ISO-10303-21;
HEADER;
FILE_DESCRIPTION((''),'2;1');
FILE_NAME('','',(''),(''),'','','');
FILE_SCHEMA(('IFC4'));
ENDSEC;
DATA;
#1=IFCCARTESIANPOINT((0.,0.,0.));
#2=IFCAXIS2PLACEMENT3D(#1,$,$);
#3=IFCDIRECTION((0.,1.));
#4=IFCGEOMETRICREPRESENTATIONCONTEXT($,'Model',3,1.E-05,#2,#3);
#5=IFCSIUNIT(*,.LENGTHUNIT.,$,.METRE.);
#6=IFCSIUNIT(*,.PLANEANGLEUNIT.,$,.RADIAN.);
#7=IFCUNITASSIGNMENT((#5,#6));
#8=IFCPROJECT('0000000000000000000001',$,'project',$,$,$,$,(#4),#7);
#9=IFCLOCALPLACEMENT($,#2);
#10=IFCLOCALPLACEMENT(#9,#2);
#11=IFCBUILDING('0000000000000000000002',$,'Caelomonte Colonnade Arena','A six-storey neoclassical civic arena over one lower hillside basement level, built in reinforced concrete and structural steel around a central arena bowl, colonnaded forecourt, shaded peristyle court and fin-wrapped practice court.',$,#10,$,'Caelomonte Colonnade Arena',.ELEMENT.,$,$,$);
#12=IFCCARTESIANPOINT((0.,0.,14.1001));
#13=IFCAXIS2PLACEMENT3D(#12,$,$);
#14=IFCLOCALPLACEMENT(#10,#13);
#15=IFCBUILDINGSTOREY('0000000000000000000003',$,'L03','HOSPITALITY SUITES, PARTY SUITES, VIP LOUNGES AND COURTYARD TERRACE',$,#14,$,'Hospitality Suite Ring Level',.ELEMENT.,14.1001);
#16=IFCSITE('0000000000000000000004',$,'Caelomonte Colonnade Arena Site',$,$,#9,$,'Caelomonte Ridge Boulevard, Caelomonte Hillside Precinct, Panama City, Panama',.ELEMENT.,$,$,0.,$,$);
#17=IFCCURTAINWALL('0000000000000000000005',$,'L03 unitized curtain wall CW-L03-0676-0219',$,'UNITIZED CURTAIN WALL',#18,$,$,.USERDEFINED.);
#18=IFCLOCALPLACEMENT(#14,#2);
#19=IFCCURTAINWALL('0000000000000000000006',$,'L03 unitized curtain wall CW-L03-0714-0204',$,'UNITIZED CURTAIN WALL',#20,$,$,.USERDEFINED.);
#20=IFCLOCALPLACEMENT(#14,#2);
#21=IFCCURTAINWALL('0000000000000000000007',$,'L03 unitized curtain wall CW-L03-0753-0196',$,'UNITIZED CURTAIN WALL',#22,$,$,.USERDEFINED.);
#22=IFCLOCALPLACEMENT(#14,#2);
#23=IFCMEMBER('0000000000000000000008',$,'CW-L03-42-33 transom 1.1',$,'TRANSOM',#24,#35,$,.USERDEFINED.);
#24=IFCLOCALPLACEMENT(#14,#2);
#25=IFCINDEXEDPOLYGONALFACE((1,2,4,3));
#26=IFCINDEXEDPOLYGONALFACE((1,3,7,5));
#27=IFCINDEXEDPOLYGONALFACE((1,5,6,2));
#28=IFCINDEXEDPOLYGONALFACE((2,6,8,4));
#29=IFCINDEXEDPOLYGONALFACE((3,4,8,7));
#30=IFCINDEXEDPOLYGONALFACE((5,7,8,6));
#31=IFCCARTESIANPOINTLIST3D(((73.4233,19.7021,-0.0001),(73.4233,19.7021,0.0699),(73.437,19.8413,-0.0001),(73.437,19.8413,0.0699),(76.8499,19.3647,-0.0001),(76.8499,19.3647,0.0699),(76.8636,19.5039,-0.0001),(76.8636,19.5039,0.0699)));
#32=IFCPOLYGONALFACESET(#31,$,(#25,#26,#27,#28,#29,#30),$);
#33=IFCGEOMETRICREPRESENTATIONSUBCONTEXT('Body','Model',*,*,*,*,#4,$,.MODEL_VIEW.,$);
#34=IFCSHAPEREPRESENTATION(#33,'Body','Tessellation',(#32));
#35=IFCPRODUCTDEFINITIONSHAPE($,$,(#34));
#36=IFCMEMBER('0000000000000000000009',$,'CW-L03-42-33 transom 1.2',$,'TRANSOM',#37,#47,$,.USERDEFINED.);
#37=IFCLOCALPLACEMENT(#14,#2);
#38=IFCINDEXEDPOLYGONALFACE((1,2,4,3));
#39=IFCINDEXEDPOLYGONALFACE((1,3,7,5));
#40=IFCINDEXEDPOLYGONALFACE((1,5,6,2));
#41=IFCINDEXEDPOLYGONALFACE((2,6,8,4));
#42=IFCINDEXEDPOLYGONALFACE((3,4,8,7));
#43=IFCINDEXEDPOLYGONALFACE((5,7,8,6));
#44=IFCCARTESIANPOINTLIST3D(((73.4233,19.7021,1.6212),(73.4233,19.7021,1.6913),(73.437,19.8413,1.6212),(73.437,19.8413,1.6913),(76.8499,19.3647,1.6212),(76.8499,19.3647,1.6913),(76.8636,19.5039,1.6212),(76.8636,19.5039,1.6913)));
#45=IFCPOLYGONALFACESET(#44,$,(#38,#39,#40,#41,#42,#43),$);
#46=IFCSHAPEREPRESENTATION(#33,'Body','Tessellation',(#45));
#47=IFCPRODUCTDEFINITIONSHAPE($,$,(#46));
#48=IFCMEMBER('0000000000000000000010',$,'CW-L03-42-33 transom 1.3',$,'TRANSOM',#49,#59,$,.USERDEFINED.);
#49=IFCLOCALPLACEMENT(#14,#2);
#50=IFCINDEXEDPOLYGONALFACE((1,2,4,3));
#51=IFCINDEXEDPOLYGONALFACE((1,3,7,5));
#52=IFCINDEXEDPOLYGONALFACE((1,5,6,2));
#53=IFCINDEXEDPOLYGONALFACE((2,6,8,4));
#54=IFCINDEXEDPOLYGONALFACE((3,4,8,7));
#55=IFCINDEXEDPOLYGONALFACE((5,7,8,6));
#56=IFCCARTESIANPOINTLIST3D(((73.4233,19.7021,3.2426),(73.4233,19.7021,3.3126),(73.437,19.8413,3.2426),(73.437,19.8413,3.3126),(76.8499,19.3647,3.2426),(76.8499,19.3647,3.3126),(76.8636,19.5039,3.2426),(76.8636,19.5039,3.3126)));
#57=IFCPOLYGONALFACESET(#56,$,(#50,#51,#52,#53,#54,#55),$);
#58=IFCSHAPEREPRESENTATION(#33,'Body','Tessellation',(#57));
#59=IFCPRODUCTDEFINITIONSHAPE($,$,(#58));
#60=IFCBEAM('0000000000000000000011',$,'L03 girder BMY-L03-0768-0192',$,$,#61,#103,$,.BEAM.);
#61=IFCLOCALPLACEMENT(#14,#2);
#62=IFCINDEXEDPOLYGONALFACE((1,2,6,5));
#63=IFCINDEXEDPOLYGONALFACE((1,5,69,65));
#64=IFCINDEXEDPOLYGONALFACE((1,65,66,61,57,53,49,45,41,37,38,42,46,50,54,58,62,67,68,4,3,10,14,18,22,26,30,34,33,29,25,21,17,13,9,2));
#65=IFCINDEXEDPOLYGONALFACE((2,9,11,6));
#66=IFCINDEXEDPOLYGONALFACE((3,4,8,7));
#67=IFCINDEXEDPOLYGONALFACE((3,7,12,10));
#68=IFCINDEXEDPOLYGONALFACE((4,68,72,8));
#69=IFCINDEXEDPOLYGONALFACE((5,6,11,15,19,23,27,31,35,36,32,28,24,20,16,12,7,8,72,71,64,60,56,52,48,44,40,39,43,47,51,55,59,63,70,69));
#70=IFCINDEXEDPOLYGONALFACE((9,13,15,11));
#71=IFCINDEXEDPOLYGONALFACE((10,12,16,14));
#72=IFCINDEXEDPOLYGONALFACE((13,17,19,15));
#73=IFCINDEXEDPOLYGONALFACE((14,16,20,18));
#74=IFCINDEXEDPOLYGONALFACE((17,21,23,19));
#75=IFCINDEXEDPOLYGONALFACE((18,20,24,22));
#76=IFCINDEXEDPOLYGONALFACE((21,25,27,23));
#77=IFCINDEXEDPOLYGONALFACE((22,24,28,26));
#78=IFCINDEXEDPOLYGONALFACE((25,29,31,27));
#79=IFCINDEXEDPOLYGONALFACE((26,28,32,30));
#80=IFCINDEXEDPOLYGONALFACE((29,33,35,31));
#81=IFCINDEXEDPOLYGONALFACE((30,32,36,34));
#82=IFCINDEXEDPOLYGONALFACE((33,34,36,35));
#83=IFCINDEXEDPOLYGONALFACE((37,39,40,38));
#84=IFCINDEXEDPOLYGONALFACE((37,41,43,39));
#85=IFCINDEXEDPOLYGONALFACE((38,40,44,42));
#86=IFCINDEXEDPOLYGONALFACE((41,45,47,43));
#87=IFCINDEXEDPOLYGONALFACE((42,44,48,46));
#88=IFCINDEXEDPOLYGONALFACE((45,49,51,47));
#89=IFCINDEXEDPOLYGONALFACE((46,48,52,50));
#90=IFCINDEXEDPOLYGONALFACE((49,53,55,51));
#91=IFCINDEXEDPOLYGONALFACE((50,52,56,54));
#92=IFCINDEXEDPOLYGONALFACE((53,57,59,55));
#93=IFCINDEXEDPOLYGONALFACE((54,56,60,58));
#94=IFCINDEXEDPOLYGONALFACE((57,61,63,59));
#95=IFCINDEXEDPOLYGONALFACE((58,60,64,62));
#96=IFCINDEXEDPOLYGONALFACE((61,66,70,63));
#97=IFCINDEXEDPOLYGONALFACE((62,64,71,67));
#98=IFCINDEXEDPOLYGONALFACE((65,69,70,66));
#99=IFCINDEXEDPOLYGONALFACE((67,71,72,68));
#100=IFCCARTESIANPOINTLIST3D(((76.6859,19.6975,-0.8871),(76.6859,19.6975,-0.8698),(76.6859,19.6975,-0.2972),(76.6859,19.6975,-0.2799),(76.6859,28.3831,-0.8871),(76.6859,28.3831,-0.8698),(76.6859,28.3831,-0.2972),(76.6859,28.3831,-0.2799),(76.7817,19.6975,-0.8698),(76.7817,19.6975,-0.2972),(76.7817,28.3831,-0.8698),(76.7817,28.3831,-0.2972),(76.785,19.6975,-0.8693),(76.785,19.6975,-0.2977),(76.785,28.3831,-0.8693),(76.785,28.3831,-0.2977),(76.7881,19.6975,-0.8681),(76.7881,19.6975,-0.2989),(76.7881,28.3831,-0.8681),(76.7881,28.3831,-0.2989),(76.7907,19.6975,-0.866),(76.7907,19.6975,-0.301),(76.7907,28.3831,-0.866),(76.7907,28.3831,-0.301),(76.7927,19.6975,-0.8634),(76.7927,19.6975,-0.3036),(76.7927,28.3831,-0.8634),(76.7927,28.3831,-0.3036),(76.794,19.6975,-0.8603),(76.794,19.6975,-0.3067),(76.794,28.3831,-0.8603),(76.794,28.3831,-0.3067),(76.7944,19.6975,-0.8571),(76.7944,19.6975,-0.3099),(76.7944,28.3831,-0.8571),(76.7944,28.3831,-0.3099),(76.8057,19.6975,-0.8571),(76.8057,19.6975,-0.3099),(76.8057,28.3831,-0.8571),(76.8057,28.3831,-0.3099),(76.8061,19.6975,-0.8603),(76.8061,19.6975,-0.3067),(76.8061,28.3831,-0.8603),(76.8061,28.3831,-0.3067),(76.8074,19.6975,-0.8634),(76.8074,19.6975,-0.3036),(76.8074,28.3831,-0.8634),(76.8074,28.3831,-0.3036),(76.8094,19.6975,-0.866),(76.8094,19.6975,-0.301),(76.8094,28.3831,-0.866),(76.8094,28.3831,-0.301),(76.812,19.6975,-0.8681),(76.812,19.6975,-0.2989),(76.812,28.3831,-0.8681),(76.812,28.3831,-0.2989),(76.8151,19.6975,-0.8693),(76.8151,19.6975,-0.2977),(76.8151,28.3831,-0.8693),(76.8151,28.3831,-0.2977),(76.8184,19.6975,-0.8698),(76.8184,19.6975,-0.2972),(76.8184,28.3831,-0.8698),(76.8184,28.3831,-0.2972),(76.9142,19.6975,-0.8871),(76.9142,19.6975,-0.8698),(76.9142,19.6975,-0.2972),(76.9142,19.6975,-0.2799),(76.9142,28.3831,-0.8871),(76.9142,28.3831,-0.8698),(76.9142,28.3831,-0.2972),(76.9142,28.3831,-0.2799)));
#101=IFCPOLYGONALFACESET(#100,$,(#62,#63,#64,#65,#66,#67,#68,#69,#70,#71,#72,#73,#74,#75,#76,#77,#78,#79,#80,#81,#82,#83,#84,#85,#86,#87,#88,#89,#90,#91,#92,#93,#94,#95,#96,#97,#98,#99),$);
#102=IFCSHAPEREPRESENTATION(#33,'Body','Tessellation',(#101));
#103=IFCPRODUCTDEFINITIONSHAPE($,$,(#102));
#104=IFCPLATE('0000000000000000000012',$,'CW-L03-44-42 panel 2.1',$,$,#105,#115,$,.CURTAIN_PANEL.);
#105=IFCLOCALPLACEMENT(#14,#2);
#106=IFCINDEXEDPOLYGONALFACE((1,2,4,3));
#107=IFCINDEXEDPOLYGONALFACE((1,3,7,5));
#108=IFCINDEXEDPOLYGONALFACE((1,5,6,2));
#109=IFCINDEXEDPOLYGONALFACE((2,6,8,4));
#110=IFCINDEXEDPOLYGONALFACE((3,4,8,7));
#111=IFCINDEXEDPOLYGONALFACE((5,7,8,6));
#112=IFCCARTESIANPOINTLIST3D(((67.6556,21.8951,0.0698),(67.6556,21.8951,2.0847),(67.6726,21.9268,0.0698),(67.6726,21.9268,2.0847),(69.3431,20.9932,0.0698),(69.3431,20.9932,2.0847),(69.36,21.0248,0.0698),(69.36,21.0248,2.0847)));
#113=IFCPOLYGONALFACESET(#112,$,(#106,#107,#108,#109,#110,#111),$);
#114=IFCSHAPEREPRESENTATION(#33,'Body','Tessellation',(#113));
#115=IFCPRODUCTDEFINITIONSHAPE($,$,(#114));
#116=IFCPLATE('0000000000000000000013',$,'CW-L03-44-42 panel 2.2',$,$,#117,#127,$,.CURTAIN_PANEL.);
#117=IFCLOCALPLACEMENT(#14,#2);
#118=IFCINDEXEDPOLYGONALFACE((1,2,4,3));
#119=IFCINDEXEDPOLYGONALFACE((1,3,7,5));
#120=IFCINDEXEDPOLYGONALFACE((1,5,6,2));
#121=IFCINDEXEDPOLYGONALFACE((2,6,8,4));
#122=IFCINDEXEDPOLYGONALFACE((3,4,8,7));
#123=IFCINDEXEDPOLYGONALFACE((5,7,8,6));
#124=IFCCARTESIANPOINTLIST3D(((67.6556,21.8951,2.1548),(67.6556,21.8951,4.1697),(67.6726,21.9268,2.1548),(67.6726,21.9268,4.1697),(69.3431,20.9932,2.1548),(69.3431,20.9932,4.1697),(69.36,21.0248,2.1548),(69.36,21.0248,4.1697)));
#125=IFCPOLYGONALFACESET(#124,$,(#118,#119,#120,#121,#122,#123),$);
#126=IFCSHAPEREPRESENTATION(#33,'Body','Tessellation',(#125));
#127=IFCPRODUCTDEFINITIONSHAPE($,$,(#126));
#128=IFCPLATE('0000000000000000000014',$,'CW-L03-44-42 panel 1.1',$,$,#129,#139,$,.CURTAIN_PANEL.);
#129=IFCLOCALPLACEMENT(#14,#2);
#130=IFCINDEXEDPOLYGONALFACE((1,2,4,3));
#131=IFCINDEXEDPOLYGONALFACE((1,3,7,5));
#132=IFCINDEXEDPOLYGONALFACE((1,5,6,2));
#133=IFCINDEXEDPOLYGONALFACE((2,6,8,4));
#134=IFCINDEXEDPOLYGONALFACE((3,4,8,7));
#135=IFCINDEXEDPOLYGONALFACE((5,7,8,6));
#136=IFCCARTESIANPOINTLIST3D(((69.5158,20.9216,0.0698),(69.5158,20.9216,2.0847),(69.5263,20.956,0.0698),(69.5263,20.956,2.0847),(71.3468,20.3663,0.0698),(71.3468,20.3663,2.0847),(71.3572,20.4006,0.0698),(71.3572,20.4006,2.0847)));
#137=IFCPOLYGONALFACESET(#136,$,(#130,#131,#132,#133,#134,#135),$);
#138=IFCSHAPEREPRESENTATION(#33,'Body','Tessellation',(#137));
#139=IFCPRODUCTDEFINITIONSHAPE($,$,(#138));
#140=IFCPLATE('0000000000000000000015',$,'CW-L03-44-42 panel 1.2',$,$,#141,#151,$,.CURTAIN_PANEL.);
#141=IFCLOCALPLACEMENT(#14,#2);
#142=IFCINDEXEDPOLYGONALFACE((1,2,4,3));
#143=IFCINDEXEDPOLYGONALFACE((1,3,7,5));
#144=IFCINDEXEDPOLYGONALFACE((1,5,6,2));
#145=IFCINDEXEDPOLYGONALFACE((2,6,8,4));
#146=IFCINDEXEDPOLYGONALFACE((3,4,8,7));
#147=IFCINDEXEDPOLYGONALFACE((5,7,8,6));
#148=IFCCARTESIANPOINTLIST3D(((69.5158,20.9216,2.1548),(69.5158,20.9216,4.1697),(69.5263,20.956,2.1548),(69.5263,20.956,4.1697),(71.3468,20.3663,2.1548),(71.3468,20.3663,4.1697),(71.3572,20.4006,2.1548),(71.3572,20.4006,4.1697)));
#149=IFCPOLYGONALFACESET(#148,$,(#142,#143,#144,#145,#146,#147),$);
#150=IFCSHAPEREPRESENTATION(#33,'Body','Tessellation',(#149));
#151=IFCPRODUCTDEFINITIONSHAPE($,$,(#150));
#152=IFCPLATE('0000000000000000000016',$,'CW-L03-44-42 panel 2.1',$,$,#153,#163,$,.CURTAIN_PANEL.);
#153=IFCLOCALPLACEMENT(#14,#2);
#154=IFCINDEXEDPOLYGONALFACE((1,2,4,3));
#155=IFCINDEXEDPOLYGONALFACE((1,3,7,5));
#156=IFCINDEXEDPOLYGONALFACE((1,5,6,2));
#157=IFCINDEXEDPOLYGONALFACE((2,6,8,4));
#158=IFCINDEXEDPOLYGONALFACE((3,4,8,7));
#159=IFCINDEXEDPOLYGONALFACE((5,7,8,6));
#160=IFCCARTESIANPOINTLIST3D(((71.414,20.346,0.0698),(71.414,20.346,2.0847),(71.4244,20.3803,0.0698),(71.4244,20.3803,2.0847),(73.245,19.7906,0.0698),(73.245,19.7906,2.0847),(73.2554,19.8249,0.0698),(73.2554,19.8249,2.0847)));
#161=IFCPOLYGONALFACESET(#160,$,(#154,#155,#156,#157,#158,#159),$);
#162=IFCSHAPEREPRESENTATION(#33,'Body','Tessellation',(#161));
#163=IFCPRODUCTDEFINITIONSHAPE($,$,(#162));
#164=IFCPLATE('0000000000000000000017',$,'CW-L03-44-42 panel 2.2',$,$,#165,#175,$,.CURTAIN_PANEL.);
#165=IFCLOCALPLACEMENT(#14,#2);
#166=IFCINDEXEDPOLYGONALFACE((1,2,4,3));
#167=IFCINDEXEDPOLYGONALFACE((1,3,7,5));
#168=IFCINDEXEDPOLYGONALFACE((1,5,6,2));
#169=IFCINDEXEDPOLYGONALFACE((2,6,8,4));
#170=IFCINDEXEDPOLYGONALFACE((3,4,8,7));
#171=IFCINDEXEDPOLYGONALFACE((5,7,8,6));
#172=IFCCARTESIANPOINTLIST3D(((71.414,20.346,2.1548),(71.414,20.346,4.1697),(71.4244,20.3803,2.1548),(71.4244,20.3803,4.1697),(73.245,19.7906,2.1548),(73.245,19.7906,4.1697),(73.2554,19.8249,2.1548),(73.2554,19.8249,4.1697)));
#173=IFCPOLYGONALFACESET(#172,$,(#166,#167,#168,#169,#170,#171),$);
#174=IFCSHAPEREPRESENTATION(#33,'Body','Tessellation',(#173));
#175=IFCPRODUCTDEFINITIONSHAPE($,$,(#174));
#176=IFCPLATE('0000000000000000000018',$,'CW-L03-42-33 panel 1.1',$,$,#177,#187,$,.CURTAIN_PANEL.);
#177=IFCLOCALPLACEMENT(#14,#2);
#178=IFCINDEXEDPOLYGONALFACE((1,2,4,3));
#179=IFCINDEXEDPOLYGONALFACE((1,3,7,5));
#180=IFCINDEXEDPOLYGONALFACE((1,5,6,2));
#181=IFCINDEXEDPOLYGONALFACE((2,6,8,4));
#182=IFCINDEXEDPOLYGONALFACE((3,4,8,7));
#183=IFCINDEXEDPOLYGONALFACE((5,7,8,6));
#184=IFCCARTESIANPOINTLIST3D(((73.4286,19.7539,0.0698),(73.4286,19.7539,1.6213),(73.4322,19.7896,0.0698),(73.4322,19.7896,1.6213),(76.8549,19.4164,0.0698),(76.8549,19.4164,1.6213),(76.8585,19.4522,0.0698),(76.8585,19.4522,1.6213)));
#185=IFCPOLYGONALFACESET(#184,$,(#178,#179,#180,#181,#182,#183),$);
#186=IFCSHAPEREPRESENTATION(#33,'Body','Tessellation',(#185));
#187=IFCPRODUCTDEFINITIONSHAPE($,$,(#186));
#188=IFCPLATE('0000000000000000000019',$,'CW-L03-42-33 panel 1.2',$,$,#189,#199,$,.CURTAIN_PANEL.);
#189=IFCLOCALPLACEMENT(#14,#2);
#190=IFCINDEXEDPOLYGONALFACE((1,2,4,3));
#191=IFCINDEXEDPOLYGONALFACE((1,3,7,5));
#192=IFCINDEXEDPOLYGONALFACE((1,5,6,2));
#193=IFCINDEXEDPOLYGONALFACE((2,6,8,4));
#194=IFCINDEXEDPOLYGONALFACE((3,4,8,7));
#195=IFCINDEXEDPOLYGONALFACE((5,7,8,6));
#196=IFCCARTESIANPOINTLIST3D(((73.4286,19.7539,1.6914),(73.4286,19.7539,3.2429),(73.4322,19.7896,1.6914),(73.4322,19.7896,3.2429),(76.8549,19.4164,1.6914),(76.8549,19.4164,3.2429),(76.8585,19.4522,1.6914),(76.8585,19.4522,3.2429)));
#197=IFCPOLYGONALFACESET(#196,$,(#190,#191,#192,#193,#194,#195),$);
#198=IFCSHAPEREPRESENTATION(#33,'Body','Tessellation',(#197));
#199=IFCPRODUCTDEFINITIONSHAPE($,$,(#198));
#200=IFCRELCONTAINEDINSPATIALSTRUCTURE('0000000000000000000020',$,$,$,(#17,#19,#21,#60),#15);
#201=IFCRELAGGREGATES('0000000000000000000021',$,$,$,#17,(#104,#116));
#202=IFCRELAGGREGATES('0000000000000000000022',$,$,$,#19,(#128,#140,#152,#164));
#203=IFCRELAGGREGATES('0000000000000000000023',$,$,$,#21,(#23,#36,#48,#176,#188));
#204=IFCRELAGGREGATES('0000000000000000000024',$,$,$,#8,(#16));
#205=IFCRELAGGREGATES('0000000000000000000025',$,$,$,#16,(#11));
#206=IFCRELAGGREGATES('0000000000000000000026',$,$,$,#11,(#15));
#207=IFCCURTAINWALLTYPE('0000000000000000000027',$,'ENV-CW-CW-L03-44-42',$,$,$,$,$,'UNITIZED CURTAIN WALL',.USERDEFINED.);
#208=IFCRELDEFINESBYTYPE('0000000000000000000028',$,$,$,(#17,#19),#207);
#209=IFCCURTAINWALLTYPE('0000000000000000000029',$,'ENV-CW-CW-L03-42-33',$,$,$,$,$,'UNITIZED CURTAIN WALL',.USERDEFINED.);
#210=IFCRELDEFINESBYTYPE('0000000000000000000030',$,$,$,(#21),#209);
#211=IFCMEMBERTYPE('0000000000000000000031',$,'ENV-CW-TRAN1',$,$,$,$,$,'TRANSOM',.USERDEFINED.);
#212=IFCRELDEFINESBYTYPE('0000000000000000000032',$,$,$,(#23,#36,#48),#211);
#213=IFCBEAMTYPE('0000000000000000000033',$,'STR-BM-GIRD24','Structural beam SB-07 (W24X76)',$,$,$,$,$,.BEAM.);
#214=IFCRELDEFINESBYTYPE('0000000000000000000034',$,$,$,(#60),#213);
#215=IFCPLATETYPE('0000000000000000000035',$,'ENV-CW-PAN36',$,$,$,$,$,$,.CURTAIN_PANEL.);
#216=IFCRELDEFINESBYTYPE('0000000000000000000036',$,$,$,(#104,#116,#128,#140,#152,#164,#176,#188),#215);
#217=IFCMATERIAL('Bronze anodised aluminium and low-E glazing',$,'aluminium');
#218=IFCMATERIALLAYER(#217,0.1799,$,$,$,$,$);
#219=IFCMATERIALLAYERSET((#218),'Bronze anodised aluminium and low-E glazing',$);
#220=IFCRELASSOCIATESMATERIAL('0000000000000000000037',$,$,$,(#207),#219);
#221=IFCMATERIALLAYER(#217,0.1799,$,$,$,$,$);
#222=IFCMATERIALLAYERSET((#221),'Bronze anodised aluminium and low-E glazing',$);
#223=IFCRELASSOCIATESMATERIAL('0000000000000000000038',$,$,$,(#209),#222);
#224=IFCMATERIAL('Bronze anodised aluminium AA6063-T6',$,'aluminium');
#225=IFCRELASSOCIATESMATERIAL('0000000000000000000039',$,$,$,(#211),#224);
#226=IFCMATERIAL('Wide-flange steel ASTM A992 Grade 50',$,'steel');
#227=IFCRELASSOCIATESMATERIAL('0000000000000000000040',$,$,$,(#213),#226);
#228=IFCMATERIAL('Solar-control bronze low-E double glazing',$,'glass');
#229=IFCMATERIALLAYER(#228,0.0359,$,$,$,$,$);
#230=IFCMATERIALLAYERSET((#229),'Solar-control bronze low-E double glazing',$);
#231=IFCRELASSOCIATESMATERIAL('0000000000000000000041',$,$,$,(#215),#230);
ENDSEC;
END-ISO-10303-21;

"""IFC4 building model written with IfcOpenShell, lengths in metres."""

from ifc_helpers import new_model, si_unit, direction, frame, origin, origin_2d, place, context, subcontext, project, spatial, rectangle, i_section, extrude, material, layer, layer_set, material_profile, profile_set, type_object, element, aggregate, save


model = new_model("IFC4")

# Units and contexts
model_context = context("Model", 3, precision=1e-05, world=origin(), true_north=direction((0.0, 1.0)))
body_context = subcontext(model_context, "Body", "Model", "MODEL_VIEW")
ifc_project = project(units=[si_unit("LENGTHUNIT", "METRE"), si_unit("PLANEANGLEUNIT", "RADIAN")], contexts=[model_context])

# Site, building, storey
site_placement = place(None, origin())
site = spatial("IfcSite", under=ifc_project, at=site_placement, Name="Caelomonte Colonnade Arena Site", LongName="Caelomonte Ridge Boulevard, Caelomonte Hillside Precinct, Panama City, Panama", CompositionType="ELEMENT", RefElevation=0.0)
building_placement = place(site_placement, origin())
building = spatial("IfcBuilding", under=site, at=building_placement, Name="Caelomonte Colonnade Arena", Description="A six-storey neoclassical civic arena over one lower hillside basement level, built in reinforced concrete and structural steel around a central arena bowl, colonnaded forecourt, shaded peristyle court and fin-wrapped practice court.", LongName="Caelomonte Colonnade Arena", CompositionType="ELEMENT")
storey_placement = place(building_placement, frame((0.0, 0.0, 14.1001)))
storey = spatial("IfcBuildingStorey", under=building, at=storey_placement, Name="L03", Description="HOSPITALITY SUITES, PARTY SUITES, VIP LOUNGES AND COURTYARD TERRACE", LongName="Hospitality Suite Ring Level", CompositionType="ELEMENT", Elevation=14.1001)

# Shared definitions
ifc_material_1 = material(Name="Wide-flange steel ASTM A992 Grade 50", Category="steel")

# Curtain wall
ifc_material_2 = material(Name="Bronze anodised aluminium and low-E glazing", Category="aluminium")
ifc_layer_1 = layer(ifc_material_2, 0.1799)
ifc_layer_set_1 = layer_set([ifc_layer_1], Name="Bronze anodised aluminium and low-E glazing")
curtain_wall_type_1 = type_object("IfcCurtainWallType", Name="ENV-CW-CW-L03-44-42", ElementType="UNITIZED CURTAIN WALL", PredefinedType="USERDEFINED", material=ifc_layer_set_1)
curtain_wall_1_placement = place(storey_placement, origin())
curtain_wall_1 = element("IfcCurtainWall", 1, at=curtain_wall_1_placement, inside=storey, type_object=curtain_wall_type_1, Name="L03 unitized curtain wall CW-L03-0676-0219", ObjectType="UNITIZED CURTAIN WALL", PredefinedType="USERDEFINED")
ifc_material_3 = material(Name="Bronze anodised aluminium AA6063-T6", Category="aluminium")

# Curtain wall
curtain_wall_2_placement = place(storey_placement, origin())
curtain_wall_2 = element("IfcCurtainWall", 2, at=curtain_wall_2_placement, inside=storey, type_object=curtain_wall_type_1, Name="L03 unitized curtain wall CW-L03-0714-0204", ObjectType="UNITIZED CURTAIN WALL", PredefinedType="USERDEFINED")

# Curtain wall
ifc_layer_2 = layer(ifc_material_2, 0.1799)
ifc_layer_set_2 = layer_set([ifc_layer_2], Name="Bronze anodised aluminium and low-E glazing")
curtain_wall_type_2 = type_object("IfcCurtainWallType", Name="ENV-CW-CW-L03-42-33", ElementType="UNITIZED CURTAIN WALL", PredefinedType="USERDEFINED", material=ifc_layer_set_2)
curtain_wall_3_placement = place(storey_placement, origin())
curtain_wall_3 = element("IfcCurtainWall", 3, at=curtain_wall_3_placement, inside=storey, type_object=curtain_wall_type_2, Name="L03 unitized curtain wall CW-L03-0753-0196", ObjectType="UNITIZED CURTAIN WALL", PredefinedType="USERDEFINED")

# Members
ifc_material_profile_1 = material_profile(ifc_material_3, rectangle(XDim=0.0701, YDim=0.1399, at=origin_2d()), Name="CWT-70X140")
ifc_profile_set_1 = profile_set([ifc_material_profile_1], Name="Bronze anodised aluminium AA6063-T6")
member_type_1 = type_object("IfcMemberType", Name="ENV-CW-TRAN1", ElementType="TRANSOM", PredefinedType="USERDEFINED", material=ifc_profile_set_1)
member_1_placement = place(storey_placement, frame((73.4302, 19.7717, 0.0349), z_axis=(0.995187, -0.097994, 0.0), x_axis=(0.0, 0.0, 1.0)))
member_1 = element("IfcMember", 4, at=member_1_placement, type_object=member_type_1, Name="CW-L03-42-33 transom 1.1", ObjectType="TRANSOM", PredefinedType="USERDEFINED", context=body_context, shape_type="SweptSolid", body=[
    extrude(rectangle(XDim=0.0701, YDim=0.1399, at=origin_2d()), origin(), (0.0, 0.0, 1.0), 3.4431),
])
member_2_placement = place(storey_placement, frame((73.4302, 19.7717, 1.6562), z_axis=(0.995187, -0.097994, 0.0), x_axis=(0.0, 0.0, 1.0)))
member_2 = element("IfcMember", 5, at=member_2_placement, type_object=member_type_1, Name="CW-L03-42-33 transom 1.2", ObjectType="TRANSOM", PredefinedType="USERDEFINED", context=body_context, shape_type="SweptSolid", body=[
    extrude(rectangle(XDim=0.0701, YDim=0.1399, at=origin_2d()), origin(), (0.0, 0.0, 1.0), 3.4431),
])
member_3_placement = place(storey_placement, frame((73.4302, 19.7717, 3.2776), z_axis=(0.995187, -0.097994, 0.0), x_axis=(0.0, 0.0, 1.0)))
member_3 = element("IfcMember", 6, at=member_3_placement, type_object=member_type_1, Name="CW-L03-42-33 transom 1.3", ObjectType="TRANSOM", PredefinedType="USERDEFINED", context=body_context, shape_type="SweptSolid", body=[
    extrude(rectangle(XDim=0.0701, YDim=0.1399, at=origin_2d()), origin(), (0.0, 0.0, 1.0), 3.4431),
])

# Beam
ifc_material_profile_2 = material_profile(ifc_material_1, i_section(OverallWidth=0.2283, OverallDepth=0.6072, WebThickness=0.0112, FlangeThickness=0.0173, FilletRadius=0.0127, at=origin_2d()), Name="W24X76")
ifc_profile_set_2 = profile_set([ifc_material_profile_2], Name="Wide-flange steel ASTM A992 Grade 50")
beam_type = type_object("IfcBeamType", Name="STR-BM-GIRD24", Description="Structural beam SB-07 (W24X76)", PredefinedType="BEAM", material=ifc_profile_set_2)
beam_placement = place(storey_placement, frame((76.8, 19.6975, -0.5835), z_axis=(0.0, 1.0, 0.0), x_axis=(-1.0, 0.0, 0.0)))
element("IfcBeam", 7, at=beam_placement, inside=storey, type_object=beam_type, Name="L03 girder BMY-L03-0768-0192", PredefinedType="BEAM", context=body_context, shape_type="SweptSolid", body=[
    extrude(i_section(OverallWidth=0.2283, OverallDepth=0.6072, WebThickness=0.0112, FlangeThickness=0.0173, FilletRadius=0.0127, at=origin_2d()), origin(), (0.0, 0.0, 1.0), 8.6855),
])

# Plates
ifc_material_4 = material(Name="Solar-control bronze low-E double glazing", Category="glass")
ifc_layer_3 = layer(ifc_material_4, 0.0359)
ifc_layer_set_3 = layer_set([ifc_layer_3], Name="Solar-control bronze low-E double glazing")
plate_type = type_object("IfcPlateType", Name="ENV-CW-PAN36", PredefinedType="CURTAIN_PANEL", material=ifc_layer_set_3)
plate_1_placement = place(storey_placement, frame((68.5078, 21.46, 0.0698), z_axis=(0.0, 0.0, 1.0), x_axis=(0.881923, -0.471394, 0.0)))
plate_1 = element("IfcPlate", 8, at=plate_1_placement, type_object=plate_type, Name="CW-L03-44-42 panel 2.1", PredefinedType="CURTAIN_PANEL", context=body_context, shape_type="SweptSolid", body=[
    extrude(rectangle(XDim=1.9133, YDim=0.0359, at=origin_2d()), origin(), (0.0, 0.0, 1.0), 2.0149),
])
plate_2_placement = place(storey_placement, frame((68.5078, 21.46, 2.1548), z_axis=(0.0, 0.0, 1.0), x_axis=(0.881923, -0.471394, 0.0)))
plate_2 = element("IfcPlate", 9, at=plate_2_placement, type_object=plate_type, Name="CW-L03-44-42 panel 2.2", PredefinedType="CURTAIN_PANEL", context=body_context, shape_type="SweptSolid", body=[
    extrude(rectangle(XDim=1.9133, YDim=0.0359, at=origin_2d()), origin(), (0.0, 0.0, 1.0), 2.0149),
])
aggregate(curtain_wall_1, [plate_1, plate_2])
plate_3_placement = place(storey_placement, frame((70.4365, 20.6611, 0.0698), z_axis=(0.0, 0.0, 1.0), x_axis=(0.956949, -0.290256, 0.0)))
plate_3 = element("IfcPlate", 10, at=plate_3_placement, type_object=plate_type, Name="CW-L03-44-42 panel 1.1", PredefinedType="CURTAIN_PANEL", context=body_context, shape_type="SweptSolid", body=[
    extrude(rectangle(XDim=1.9133, YDim=0.0359, at=origin_2d()), origin(), (0.0, 0.0, 1.0), 2.0149),
])
plate_4_placement = place(storey_placement, frame((70.4365, 20.6611, 2.1548), z_axis=(0.0, 0.0, 1.0), x_axis=(0.956949, -0.290256, 0.0)))
plate_4 = element("IfcPlate", 11, at=plate_4_placement, type_object=plate_type, Name="CW-L03-44-42 panel 1.2", PredefinedType="CURTAIN_PANEL", context=body_context, shape_type="SweptSolid", body=[
    extrude(rectangle(XDim=1.9133, YDim=0.0359, at=origin_2d()), origin(), (0.0, 0.0, 1.0), 2.0149),
])
plate_5_placement = place(storey_placement, frame((72.3347, 20.0854, 0.0698), z_axis=(0.0, 0.0, 1.0), x_axis=(0.956949, -0.290256, 0.0)))
plate_5 = element("IfcPlate", 12, at=plate_5_placement, type_object=plate_type, Name="CW-L03-44-42 panel 2.1", PredefinedType="CURTAIN_PANEL", context=body_context, shape_type="SweptSolid", body=[
    extrude(rectangle(XDim=1.9133, YDim=0.0359, at=origin_2d()), origin(), (0.0, 0.0, 1.0), 2.0149),
])
plate_6_placement = place(storey_placement, frame((72.3347, 20.0854, 2.1548), z_axis=(0.0, 0.0, 1.0), x_axis=(0.956949, -0.290256, 0.0)))
plate_6 = element("IfcPlate", 13, at=plate_6_placement, type_object=plate_type, Name="CW-L03-44-42 panel 2.2", PredefinedType="CURTAIN_PANEL", context=body_context, shape_type="SweptSolid", body=[
    extrude(rectangle(XDim=1.9133, YDim=0.0359, at=origin_2d()), origin(), (0.0, 0.0, 1.0), 2.0149),
])
aggregate(curtain_wall_2, [plate_3, plate_4, plate_5, plate_6])
plate_7_placement = place(storey_placement, frame((75.1436, 19.603, 0.0698), z_axis=(0.0, 0.0, 1.0), x_axis=(0.995184, -0.09802, 0.0)))
plate_7 = element("IfcPlate", 14, at=plate_7_placement, type_object=plate_type, Name="CW-L03-42-33 panel 1.1", PredefinedType="CURTAIN_PANEL", context=body_context, shape_type="SweptSolid", body=[
    extrude(rectangle(XDim=3.4429, YDim=0.0359, at=origin_2d()), origin(), (0.0, 0.0, 1.0), 1.5515),
])
plate_8_placement = place(storey_placement, frame((75.1436, 19.603, 1.6914), z_axis=(0.0, 0.0, 1.0), x_axis=(0.995184, -0.09802, 0.0)))
plate_8 = element("IfcPlate", 15, at=plate_8_placement, type_object=plate_type, Name="CW-L03-42-33 panel 1.2", PredefinedType="CURTAIN_PANEL", context=body_context, shape_type="SweptSolid", body=[
    extrude(rectangle(XDim=3.4429, YDim=0.0359, at=origin_2d()), origin(), (0.0, 0.0, 1.0), 1.5515),
])
aggregate(curtain_wall_3, [member_1, member_2, member_3, plate_7, plate_8])

save(model, "model.ifc")
